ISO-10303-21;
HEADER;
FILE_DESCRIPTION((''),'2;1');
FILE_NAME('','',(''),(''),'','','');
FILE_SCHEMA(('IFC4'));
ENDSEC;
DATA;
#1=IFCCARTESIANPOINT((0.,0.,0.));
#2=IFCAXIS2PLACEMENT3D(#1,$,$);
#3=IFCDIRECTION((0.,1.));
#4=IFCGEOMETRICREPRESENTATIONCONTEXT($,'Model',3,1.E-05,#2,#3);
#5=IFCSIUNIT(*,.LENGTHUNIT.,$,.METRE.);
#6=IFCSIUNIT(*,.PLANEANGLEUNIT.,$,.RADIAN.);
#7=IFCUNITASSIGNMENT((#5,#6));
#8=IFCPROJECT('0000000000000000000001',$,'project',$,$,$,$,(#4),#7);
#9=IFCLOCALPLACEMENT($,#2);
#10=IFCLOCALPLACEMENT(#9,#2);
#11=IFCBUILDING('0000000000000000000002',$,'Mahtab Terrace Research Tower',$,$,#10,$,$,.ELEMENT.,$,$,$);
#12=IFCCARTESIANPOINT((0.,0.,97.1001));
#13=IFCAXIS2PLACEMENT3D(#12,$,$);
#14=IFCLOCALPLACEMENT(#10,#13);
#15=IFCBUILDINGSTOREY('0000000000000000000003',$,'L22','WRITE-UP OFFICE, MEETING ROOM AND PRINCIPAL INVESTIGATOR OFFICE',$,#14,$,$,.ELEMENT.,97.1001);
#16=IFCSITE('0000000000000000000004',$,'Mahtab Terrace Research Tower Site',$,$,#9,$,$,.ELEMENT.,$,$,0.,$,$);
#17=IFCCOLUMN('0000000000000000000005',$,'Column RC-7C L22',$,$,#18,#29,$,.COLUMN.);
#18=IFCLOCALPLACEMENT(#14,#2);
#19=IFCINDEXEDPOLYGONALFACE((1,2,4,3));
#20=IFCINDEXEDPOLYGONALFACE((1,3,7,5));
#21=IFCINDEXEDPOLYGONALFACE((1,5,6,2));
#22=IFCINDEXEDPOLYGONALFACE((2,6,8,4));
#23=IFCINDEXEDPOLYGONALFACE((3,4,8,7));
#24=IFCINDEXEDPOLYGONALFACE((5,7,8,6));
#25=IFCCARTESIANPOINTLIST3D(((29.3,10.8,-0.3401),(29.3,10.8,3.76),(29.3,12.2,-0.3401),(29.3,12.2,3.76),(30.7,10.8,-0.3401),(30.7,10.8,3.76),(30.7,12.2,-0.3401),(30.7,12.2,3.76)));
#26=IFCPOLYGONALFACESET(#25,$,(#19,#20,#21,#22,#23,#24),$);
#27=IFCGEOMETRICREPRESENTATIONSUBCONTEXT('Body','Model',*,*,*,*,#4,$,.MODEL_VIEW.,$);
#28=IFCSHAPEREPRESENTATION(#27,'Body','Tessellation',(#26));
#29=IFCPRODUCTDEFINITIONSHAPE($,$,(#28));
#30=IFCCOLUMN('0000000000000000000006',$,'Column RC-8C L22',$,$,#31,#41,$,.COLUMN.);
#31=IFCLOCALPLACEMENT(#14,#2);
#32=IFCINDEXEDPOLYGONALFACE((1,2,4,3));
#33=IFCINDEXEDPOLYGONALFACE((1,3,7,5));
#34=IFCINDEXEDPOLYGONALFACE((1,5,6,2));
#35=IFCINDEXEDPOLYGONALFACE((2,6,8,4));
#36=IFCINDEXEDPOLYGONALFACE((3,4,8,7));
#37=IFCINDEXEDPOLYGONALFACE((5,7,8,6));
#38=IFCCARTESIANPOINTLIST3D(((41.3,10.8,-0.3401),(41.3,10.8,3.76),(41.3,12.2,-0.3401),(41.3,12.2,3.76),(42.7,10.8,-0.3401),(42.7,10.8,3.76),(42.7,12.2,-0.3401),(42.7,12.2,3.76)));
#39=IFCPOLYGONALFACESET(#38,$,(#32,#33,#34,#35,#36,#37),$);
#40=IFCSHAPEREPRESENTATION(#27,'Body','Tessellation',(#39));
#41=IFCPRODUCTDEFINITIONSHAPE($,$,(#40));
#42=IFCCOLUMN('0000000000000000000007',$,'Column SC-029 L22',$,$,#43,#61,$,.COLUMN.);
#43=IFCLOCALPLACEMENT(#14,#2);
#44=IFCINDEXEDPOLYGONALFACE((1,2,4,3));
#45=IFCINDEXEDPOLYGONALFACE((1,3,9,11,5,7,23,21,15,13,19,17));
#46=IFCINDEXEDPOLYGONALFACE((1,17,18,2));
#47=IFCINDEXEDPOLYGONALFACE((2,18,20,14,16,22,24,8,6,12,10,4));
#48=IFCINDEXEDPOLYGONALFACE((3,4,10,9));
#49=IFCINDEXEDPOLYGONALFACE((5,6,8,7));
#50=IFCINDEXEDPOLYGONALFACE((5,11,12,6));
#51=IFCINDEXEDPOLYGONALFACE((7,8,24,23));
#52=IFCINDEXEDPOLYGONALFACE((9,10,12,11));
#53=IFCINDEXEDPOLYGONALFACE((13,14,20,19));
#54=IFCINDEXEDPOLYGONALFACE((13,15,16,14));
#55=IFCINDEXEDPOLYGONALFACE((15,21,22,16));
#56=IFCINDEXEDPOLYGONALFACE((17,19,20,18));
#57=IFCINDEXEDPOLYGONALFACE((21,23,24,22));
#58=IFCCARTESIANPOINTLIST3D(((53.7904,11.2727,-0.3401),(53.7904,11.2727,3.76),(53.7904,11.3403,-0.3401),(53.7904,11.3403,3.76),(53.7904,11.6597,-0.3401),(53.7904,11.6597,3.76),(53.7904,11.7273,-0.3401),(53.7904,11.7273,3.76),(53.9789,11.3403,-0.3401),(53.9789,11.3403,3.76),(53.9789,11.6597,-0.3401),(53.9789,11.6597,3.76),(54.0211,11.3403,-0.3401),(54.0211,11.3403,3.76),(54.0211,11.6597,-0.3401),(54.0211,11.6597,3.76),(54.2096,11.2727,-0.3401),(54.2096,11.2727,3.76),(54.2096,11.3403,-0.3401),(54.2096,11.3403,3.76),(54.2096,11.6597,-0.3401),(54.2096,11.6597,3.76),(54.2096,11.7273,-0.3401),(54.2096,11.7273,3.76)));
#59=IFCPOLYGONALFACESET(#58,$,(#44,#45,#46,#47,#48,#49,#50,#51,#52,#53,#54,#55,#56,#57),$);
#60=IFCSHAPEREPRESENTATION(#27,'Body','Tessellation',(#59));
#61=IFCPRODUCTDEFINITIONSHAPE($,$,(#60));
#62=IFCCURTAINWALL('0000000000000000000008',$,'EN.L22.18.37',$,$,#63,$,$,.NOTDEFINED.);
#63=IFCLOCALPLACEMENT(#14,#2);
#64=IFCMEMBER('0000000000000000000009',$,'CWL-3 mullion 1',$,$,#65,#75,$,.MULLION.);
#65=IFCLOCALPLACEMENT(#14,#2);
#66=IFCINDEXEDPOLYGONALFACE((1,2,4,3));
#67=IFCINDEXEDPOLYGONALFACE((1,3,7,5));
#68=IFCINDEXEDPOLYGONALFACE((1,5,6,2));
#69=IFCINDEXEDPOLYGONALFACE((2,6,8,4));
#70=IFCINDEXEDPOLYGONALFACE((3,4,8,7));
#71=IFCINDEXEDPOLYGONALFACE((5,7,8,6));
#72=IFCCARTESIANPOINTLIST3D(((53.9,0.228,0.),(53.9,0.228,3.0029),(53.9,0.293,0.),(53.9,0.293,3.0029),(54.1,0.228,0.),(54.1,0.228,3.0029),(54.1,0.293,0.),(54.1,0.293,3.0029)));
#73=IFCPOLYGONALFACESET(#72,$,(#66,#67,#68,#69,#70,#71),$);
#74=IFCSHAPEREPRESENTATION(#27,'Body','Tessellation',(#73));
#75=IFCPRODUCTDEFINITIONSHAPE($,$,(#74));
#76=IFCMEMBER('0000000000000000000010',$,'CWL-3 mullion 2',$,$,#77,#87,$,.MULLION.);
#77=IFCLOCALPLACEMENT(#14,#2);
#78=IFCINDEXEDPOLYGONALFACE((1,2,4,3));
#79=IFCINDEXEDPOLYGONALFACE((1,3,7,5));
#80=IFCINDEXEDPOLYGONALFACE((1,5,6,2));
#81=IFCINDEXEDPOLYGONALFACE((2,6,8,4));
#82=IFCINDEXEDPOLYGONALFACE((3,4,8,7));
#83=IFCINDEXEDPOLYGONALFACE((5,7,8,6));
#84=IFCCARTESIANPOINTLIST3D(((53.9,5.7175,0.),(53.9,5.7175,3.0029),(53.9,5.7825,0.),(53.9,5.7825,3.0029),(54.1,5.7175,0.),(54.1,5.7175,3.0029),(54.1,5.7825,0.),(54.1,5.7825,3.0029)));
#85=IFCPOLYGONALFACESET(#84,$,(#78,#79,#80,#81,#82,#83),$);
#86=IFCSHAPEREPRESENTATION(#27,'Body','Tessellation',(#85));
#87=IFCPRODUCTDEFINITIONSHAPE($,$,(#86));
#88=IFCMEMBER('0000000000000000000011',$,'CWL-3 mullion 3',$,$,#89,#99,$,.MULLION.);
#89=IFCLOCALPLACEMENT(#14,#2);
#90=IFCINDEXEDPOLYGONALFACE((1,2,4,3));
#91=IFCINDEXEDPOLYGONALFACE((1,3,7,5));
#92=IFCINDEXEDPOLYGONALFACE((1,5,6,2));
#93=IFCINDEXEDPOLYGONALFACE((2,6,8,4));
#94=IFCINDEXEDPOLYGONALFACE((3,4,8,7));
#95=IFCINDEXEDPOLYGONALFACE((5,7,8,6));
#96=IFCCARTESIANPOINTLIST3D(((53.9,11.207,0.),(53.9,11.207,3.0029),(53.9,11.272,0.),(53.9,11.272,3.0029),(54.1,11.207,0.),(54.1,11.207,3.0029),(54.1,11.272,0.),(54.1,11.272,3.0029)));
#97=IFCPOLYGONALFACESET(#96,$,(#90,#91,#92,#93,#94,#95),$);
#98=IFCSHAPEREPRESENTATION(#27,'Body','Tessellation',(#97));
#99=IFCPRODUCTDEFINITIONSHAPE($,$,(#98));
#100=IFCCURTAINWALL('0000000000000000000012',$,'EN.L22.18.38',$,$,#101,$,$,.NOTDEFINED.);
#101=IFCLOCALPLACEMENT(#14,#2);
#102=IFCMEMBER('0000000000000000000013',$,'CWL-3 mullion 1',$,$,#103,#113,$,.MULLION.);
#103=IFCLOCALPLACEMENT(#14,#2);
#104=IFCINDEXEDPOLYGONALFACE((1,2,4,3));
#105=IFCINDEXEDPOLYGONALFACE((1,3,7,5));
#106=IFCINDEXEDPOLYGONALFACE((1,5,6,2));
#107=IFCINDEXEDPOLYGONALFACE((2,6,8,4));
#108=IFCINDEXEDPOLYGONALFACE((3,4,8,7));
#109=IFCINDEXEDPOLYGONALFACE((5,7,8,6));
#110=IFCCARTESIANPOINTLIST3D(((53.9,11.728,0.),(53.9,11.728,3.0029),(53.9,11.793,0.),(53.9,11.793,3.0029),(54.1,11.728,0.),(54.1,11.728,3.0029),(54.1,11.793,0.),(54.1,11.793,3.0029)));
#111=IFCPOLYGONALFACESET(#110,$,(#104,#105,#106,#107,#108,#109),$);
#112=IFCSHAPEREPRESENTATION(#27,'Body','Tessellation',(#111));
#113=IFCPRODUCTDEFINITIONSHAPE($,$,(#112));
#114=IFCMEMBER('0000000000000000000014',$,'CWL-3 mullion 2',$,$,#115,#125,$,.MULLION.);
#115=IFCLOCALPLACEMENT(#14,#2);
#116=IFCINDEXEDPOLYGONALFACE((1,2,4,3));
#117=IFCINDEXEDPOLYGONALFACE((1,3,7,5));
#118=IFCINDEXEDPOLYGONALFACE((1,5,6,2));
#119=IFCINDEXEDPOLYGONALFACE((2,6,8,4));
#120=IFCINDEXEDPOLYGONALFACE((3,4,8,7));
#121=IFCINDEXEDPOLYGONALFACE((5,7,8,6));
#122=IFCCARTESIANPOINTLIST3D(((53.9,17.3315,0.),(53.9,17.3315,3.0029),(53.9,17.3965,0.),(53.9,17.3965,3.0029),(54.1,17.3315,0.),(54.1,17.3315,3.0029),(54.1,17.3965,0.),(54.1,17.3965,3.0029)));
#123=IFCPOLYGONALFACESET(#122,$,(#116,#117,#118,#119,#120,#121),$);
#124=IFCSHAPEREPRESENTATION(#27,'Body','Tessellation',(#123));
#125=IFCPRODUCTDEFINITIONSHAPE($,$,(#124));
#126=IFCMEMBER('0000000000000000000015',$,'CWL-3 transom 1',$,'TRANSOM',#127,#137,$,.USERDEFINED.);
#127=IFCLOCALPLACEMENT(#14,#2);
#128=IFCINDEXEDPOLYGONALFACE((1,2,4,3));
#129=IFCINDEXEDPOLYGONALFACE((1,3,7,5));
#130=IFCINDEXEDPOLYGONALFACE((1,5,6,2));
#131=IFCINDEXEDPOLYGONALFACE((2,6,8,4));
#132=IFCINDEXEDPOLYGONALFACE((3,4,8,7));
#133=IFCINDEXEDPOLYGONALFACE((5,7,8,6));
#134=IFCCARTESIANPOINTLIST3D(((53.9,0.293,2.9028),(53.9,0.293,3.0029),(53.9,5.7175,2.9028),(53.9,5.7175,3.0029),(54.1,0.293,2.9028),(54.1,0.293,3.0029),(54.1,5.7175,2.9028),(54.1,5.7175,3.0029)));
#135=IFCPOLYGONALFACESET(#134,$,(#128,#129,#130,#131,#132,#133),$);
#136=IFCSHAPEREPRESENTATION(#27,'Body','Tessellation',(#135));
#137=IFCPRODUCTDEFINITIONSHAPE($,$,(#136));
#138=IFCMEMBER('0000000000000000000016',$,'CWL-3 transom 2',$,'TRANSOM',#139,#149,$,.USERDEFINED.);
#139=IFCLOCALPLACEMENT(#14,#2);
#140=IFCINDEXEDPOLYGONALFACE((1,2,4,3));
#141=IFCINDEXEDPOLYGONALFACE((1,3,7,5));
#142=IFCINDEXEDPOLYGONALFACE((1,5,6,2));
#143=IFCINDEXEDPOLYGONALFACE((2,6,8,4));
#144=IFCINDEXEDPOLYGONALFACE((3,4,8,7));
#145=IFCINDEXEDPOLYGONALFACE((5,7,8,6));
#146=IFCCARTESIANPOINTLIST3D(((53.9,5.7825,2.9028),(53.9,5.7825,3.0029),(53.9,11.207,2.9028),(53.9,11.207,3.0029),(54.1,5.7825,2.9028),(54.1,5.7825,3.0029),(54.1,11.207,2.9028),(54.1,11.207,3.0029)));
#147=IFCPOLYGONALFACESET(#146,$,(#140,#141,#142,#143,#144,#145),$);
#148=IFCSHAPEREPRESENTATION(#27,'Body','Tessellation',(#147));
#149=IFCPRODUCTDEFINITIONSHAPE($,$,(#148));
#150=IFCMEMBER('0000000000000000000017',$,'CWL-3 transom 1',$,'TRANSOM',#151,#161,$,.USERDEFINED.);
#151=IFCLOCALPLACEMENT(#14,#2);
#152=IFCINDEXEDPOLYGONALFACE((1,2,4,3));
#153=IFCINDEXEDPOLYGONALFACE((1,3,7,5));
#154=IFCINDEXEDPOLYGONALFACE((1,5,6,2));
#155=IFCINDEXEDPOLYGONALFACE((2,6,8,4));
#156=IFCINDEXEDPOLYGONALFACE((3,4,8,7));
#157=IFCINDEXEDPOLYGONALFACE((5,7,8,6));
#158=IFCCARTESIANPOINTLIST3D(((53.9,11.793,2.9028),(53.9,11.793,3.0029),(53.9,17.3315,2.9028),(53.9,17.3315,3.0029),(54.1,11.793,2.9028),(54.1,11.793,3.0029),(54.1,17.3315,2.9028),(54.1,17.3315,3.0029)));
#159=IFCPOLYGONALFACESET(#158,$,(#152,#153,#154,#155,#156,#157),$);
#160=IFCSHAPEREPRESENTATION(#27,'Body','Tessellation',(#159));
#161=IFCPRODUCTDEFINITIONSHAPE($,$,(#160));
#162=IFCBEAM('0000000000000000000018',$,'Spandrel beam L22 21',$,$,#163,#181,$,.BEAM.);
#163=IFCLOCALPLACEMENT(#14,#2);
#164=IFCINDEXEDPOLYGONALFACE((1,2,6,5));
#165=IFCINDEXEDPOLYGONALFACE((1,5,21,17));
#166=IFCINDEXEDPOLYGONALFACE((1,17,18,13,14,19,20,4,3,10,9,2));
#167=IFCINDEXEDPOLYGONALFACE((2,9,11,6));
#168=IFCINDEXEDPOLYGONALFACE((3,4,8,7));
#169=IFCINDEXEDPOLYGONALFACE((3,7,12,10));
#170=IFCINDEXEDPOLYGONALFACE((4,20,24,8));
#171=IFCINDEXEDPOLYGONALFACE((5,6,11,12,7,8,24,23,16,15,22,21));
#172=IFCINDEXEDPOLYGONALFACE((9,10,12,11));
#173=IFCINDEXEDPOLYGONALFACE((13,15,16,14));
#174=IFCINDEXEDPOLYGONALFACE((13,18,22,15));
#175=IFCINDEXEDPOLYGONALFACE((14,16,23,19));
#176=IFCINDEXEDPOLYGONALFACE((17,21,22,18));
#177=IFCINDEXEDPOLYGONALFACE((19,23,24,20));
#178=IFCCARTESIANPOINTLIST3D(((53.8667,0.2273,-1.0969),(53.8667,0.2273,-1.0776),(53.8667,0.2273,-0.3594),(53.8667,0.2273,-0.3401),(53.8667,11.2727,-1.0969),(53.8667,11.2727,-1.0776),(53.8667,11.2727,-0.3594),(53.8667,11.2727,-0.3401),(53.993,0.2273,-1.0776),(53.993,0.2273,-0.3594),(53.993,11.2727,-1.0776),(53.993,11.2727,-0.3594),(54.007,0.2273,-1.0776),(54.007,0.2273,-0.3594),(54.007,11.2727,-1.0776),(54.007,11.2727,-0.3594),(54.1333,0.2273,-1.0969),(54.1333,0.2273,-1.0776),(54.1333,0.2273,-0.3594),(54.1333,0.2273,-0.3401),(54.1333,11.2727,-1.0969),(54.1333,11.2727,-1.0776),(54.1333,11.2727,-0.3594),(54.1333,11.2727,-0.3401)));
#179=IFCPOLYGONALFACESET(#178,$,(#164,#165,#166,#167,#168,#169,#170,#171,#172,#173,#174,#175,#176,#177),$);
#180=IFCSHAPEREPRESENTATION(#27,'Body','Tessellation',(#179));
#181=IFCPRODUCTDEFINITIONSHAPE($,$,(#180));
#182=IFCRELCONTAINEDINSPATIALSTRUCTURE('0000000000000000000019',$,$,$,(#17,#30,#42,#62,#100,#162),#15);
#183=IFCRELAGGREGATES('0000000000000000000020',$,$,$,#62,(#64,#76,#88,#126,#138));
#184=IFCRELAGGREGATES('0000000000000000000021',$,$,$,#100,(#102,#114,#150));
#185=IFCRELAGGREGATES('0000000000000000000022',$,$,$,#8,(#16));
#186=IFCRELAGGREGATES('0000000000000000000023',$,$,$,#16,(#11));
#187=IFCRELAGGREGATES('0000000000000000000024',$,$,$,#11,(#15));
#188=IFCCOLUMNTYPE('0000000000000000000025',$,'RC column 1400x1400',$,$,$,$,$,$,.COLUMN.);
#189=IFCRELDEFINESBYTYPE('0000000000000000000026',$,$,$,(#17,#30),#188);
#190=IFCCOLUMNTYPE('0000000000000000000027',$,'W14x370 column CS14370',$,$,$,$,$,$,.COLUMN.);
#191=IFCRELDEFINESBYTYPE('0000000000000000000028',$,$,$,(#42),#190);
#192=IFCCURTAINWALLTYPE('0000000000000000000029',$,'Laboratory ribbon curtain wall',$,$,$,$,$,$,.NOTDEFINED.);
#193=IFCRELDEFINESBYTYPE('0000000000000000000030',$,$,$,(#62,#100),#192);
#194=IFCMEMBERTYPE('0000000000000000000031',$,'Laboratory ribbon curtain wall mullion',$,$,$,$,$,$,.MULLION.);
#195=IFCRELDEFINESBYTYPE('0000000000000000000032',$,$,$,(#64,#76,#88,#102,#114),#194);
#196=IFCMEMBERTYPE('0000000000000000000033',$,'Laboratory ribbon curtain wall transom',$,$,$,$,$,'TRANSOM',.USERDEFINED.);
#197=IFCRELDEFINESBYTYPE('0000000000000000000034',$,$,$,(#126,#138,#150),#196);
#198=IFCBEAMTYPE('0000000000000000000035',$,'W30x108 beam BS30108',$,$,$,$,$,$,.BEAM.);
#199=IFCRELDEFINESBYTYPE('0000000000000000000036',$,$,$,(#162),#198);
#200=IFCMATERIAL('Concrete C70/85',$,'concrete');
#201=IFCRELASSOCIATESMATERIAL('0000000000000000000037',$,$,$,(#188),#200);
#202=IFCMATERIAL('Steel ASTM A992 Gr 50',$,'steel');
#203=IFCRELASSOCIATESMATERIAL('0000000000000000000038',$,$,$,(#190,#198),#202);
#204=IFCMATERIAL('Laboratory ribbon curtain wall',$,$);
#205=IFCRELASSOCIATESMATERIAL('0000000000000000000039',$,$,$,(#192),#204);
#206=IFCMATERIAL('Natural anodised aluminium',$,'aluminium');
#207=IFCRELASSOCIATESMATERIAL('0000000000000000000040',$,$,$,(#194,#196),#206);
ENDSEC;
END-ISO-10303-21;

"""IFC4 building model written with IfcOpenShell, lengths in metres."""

from ifc_helpers import new_model, si_unit, direction, frame, origin, origin_2d, place, context, subcontext, project, spatial, rectangle, i_section, extrude, material, material_profile, profile_set, type_object, element, aggregate, save


model = new_model("IFC4")

# Units and contexts
model_context = context("Model", 3, precision=1e-05, world=origin(), true_north=direction((0.0, 1.0)))
body_context = subcontext(model_context, "Body", "Model", "MODEL_VIEW")
ifc_project = project(units=[si_unit("LENGTHUNIT", "METRE"), si_unit("PLANEANGLEUNIT", "RADIAN")], contexts=[model_context])

# Site, building, storey
site_placement = place(None, origin())
site = spatial("IfcSite", under=ifc_project, at=site_placement, Name="Mahtab Terrace Research Tower Site", CompositionType="ELEMENT", RefElevation=0.0)
building_placement = place(site_placement, origin())
building = spatial("IfcBuilding", under=site, at=building_placement, Name="Mahtab Terrace Research Tower", CompositionType="ELEMENT")
storey_placement = place(building_placement, frame((0.0, 0.0, 97.1001)))
storey = spatial("IfcBuildingStorey", under=building, at=storey_placement, Name="L22", Description="WRITE-UP OFFICE, MEETING ROOM AND PRINCIPAL INVESTIGATOR OFFICE", CompositionType="ELEMENT", Elevation=97.1001)

# Columns
ifc_material_1 = material(Name="Concrete C70/85", Category="concrete")
ifc_material_profile_1 = material_profile(ifc_material_1, rectangle(XDim=1.3999, YDim=1.3999, at=origin_2d()), Name="RC column 1400x1400")
ifc_profile_set_1 = profile_set([ifc_material_profile_1], Name="Concrete C70/85")
column_type_1 = type_object("IfcColumnType", Name="RC column 1400x1400", PredefinedType="COLUMN", material=ifc_profile_set_1)
for number, where, z_axis, x_axis, name in (
    (1, (30.0, 11.5, -0.3401), (0.0, 0.0, 1.0), (1.0, 0.0, 0.0), "Column RC-7C L22"),
    (2, (42.0, 11.5, -0.3401), (0.0, 0.0, 1.0), (1.0, 0.0, 0.0), "Column RC-8C L22"),
):
    element("IfcColumn", number, at=place(storey_placement, frame(where, z_axis=z_axis, x_axis=x_axis)), inside=storey, type_object=column_type_1, Name=name, PredefinedType="COLUMN", context=body_context, shape_type="SweptSolid", body=[
        extrude(rectangle(XDim=1.3999, YDim=1.3999, at=origin_2d()), origin(), (0.0, 0.0, 1.0), 4.1001),
    ])
ifc_material_2 = material(Name="Steel ASTM A992 Gr 50", Category="steel")
ifc_material_profile_2 = material_profile(ifc_material_2, i_section(OverallWidth=0.4192, OverallDepth=0.4546, WebThickness=0.0422, FlangeThickness=0.0676, at=origin_2d()), Name="W14X370")
ifc_profile_set_2 = profile_set([ifc_material_profile_2], Name="Steel ASTM A992 Gr 50")
column_type_2 = type_object("IfcColumnType", Name="W14x370 column CS14370", PredefinedType="COLUMN", material=ifc_profile_set_2)
column_placement = place(storey_placement, frame((54.0, 11.5, -0.3401), z_axis=(0.0, 0.0, 1.0), x_axis=(1.0, 0.0, 0.0)))
element("IfcColumn", 3, at=column_placement, inside=storey, type_object=column_type_2, Name="Column SC-029 L22", PredefinedType="COLUMN", context=body_context, shape_type="SweptSolid", body=[
    extrude(i_section(OverallWidth=0.4192, OverallDepth=0.4546, WebThickness=0.0422, FlangeThickness=0.0676, at=origin_2d()), origin(), (0.0, 0.0, 1.0), 4.1001),
])

# Curtain walls, members
ifc_material_3 = material(Name="Laboratory ribbon curtain wall")
curtain_wall_type = type_object("IfcCurtainWallType", Name="Laboratory ribbon curtain wall", PredefinedType="NOTDEFINED", material=ifc_material_3)
curtain_wall_1_placement = place(storey_placement, origin())
curtain_wall_1 = element("IfcCurtainWall", 4, at=curtain_wall_1_placement, inside=storey, type_object=curtain_wall_type, Name="EN.L22.18.37", PredefinedType="NOTDEFINED")
ifc_material_4 = material(Name="Natural anodised aluminium", Category="aluminium")
ifc_material_profile_3 = material_profile(ifc_material_4, rectangle(XDim=0.2, YDim=0.0649, at=origin_2d()), Name="MULLION 65x200")
ifc_profile_set_3 = profile_set([ifc_material_profile_3], Name="Natural anodised aluminium")
member_type_1 = type_object("IfcMemberType", Name="Laboratory ribbon curtain wall mullion", PredefinedType="MULLION", material=ifc_profile_set_3)
member_1_placement = place(storey_placement, frame((54.0, 0.2605, 0.0), z_axis=(0.0, 0.0, 1.0), x_axis=(-1.0, 0.0, 0.0)))
member_1 = element("IfcMember", 5, at=member_1_placement, type_object=member_type_1, Name="CWL-3 mullion 1", PredefinedType="MULLION", context=body_context, shape_type="SweptSolid", body=[
    extrude(rectangle(XDim=0.2, YDim=0.0649, at=origin_2d()), origin(), (0.0, 0.0, 1.0), 3.0029),
])
member_2_placement = place(storey_placement, frame((54.0, 5.75, 0.0), z_axis=(0.0, 0.0, 1.0), x_axis=(-1.0, 0.0, 0.0)))
member_2 = element("IfcMember", 6, at=member_2_placement, type_object=member_type_1, Name="CWL-3 mullion 2", PredefinedType="MULLION", context=body_context, shape_type="SweptSolid", body=[
    extrude(rectangle(XDim=0.2, YDim=0.0649, at=origin_2d()), origin(), (0.0, 0.0, 1.0), 3.0029),
])
member_3_placement = place(storey_placement, frame((54.0, 11.2395, 0.0), z_axis=(0.0, 0.0, 1.0), x_axis=(-1.0, 0.0, 0.0)))
member_3 = element("IfcMember", 7, at=member_3_placement, type_object=member_type_1, Name="CWL-3 mullion 3", PredefinedType="MULLION", context=body_context, shape_type="SweptSolid", body=[
    extrude(rectangle(XDim=0.2, YDim=0.0649, at=origin_2d()), origin(), (0.0, 0.0, 1.0), 3.0029),
])
curtain_wall_2_placement = place(storey_placement, origin())
curtain_wall_2 = element("IfcCurtainWall", 8, at=curtain_wall_2_placement, inside=storey, type_object=curtain_wall_type, Name="EN.L22.18.38", PredefinedType="NOTDEFINED")
member_4_placement = place(storey_placement, frame((54.0, 11.7605, 0.0), z_axis=(0.0, 0.0, 1.0), x_axis=(-1.0, 0.0, 0.0)))
member_4 = element("IfcMember", 9, at=member_4_placement, type_object=member_type_1, Name="CWL-3 mullion 1", PredefinedType="MULLION", context=body_context, shape_type="SweptSolid", body=[
    extrude(rectangle(XDim=0.2, YDim=0.0649, at=origin_2d()), origin(), (0.0, 0.0, 1.0), 3.0029),
])
member_5_placement = place(storey_placement, frame((54.0, 17.364, 0.0), z_axis=(0.0, 0.0, 1.0), x_axis=(-1.0, 0.0, 0.0)))
member_5 = element("IfcMember", 10, at=member_5_placement, type_object=member_type_1, Name="CWL-3 mullion 2", PredefinedType="MULLION", context=body_context, shape_type="SweptSolid", body=[
    extrude(rectangle(XDim=0.2, YDim=0.0649, at=origin_2d()), origin(), (0.0, 0.0, 1.0), 3.0029),
])

# Members
ifc_material_profile_4 = material_profile(ifc_material_4, rectangle(XDim=0.2, YDim=0.1001, at=origin_2d()), Name="TRANSOM 100x200")
ifc_profile_set_4 = profile_set([ifc_material_profile_4], Name="Natural anodised aluminium")
member_type_2 = type_object("IfcMemberType", Name="Laboratory ribbon curtain wall transom", ElementType="TRANSOM", PredefinedType="USERDEFINED", material=ifc_profile_set_4)
member_6_placement = place(storey_placement, frame((54.0, 0.293, 2.9529), z_axis=(0.0, 1.0, 0.0), x_axis=(-1.0, 0.0, 0.0)))
member_6 = element("IfcMember", 11, at=member_6_placement, type_object=member_type_2, Name="CWL-3 transom 1", ObjectType="TRANSOM", PredefinedType="USERDEFINED", context=body_context, shape_type="SweptSolid", body=[
    extrude(rectangle(XDim=0.2, YDim=0.1001, at=origin_2d()), origin(), (0.0, 0.0, 1.0), 5.4246),
])
member_7_placement = place(storey_placement, frame((54.0, 5.7825, 2.9529), z_axis=(0.0, 1.0, 0.0), x_axis=(-1.0, 0.0, 0.0)))
member_7 = element("IfcMember", 12, at=member_7_placement, type_object=member_type_2, Name="CWL-3 transom 2", ObjectType="TRANSOM", PredefinedType="USERDEFINED", context=body_context, shape_type="SweptSolid", body=[
    extrude(rectangle(XDim=0.2, YDim=0.1001, at=origin_2d()), origin(), (0.0, 0.0, 1.0), 5.4246),
])
member_8_placement = place(storey_placement, frame((54.0, 11.793, 2.9529), z_axis=(0.0, 1.0, 0.0), x_axis=(-1.0, 0.0, 0.0)))
member_8 = element("IfcMember", 13, at=member_8_placement, type_object=member_type_2, Name="CWL-3 transom 1", ObjectType="TRANSOM", PredefinedType="USERDEFINED", context=body_context, shape_type="SweptSolid", body=[
    extrude(rectangle(XDim=0.2, YDim=0.1001, at=origin_2d()), origin(), (0.0, 0.0, 1.0), 5.5386),
])

# Beam
ifc_material_profile_5 = material_profile(ifc_material_2, i_section(OverallWidth=0.2666, OverallDepth=0.7568, WebThickness=0.0139, FlangeThickness=0.0193, at=origin_2d()), Name="W30X108")
ifc_profile_set_5 = profile_set([ifc_material_profile_5], Name="Steel ASTM A992 Gr 50")
beam_type = type_object("IfcBeamType", Name="W30x108 beam BS30108", PredefinedType="BEAM", material=ifc_profile_set_5)
beam_1_placement = place(storey_placement, frame((54.0, 0.2273, -0.7185), z_axis=(0.0, 1.0, 0.0), x_axis=(-1.0, 0.0, 0.0)))
element("IfcBeam", 14, at=beam_1_placement, inside=storey, type_object=beam_type, Name="Spandrel beam L22 21", PredefinedType="BEAM", context=body_context, shape_type="SweptSolid", body=[
    extrude(i_section(OverallWidth=0.2666, OverallDepth=0.7568, WebThickness=0.0139, FlangeThickness=0.0193, at=origin_2d()), origin(), (0.0, 0.0, 1.0), 11.0454),
])

aggregate(curtain_wall_1, [member_1, member_2, member_3, member_6, member_7])
aggregate(curtain_wall_2, [member_4, member_5, member_8])

save(model, "model.ifc")
